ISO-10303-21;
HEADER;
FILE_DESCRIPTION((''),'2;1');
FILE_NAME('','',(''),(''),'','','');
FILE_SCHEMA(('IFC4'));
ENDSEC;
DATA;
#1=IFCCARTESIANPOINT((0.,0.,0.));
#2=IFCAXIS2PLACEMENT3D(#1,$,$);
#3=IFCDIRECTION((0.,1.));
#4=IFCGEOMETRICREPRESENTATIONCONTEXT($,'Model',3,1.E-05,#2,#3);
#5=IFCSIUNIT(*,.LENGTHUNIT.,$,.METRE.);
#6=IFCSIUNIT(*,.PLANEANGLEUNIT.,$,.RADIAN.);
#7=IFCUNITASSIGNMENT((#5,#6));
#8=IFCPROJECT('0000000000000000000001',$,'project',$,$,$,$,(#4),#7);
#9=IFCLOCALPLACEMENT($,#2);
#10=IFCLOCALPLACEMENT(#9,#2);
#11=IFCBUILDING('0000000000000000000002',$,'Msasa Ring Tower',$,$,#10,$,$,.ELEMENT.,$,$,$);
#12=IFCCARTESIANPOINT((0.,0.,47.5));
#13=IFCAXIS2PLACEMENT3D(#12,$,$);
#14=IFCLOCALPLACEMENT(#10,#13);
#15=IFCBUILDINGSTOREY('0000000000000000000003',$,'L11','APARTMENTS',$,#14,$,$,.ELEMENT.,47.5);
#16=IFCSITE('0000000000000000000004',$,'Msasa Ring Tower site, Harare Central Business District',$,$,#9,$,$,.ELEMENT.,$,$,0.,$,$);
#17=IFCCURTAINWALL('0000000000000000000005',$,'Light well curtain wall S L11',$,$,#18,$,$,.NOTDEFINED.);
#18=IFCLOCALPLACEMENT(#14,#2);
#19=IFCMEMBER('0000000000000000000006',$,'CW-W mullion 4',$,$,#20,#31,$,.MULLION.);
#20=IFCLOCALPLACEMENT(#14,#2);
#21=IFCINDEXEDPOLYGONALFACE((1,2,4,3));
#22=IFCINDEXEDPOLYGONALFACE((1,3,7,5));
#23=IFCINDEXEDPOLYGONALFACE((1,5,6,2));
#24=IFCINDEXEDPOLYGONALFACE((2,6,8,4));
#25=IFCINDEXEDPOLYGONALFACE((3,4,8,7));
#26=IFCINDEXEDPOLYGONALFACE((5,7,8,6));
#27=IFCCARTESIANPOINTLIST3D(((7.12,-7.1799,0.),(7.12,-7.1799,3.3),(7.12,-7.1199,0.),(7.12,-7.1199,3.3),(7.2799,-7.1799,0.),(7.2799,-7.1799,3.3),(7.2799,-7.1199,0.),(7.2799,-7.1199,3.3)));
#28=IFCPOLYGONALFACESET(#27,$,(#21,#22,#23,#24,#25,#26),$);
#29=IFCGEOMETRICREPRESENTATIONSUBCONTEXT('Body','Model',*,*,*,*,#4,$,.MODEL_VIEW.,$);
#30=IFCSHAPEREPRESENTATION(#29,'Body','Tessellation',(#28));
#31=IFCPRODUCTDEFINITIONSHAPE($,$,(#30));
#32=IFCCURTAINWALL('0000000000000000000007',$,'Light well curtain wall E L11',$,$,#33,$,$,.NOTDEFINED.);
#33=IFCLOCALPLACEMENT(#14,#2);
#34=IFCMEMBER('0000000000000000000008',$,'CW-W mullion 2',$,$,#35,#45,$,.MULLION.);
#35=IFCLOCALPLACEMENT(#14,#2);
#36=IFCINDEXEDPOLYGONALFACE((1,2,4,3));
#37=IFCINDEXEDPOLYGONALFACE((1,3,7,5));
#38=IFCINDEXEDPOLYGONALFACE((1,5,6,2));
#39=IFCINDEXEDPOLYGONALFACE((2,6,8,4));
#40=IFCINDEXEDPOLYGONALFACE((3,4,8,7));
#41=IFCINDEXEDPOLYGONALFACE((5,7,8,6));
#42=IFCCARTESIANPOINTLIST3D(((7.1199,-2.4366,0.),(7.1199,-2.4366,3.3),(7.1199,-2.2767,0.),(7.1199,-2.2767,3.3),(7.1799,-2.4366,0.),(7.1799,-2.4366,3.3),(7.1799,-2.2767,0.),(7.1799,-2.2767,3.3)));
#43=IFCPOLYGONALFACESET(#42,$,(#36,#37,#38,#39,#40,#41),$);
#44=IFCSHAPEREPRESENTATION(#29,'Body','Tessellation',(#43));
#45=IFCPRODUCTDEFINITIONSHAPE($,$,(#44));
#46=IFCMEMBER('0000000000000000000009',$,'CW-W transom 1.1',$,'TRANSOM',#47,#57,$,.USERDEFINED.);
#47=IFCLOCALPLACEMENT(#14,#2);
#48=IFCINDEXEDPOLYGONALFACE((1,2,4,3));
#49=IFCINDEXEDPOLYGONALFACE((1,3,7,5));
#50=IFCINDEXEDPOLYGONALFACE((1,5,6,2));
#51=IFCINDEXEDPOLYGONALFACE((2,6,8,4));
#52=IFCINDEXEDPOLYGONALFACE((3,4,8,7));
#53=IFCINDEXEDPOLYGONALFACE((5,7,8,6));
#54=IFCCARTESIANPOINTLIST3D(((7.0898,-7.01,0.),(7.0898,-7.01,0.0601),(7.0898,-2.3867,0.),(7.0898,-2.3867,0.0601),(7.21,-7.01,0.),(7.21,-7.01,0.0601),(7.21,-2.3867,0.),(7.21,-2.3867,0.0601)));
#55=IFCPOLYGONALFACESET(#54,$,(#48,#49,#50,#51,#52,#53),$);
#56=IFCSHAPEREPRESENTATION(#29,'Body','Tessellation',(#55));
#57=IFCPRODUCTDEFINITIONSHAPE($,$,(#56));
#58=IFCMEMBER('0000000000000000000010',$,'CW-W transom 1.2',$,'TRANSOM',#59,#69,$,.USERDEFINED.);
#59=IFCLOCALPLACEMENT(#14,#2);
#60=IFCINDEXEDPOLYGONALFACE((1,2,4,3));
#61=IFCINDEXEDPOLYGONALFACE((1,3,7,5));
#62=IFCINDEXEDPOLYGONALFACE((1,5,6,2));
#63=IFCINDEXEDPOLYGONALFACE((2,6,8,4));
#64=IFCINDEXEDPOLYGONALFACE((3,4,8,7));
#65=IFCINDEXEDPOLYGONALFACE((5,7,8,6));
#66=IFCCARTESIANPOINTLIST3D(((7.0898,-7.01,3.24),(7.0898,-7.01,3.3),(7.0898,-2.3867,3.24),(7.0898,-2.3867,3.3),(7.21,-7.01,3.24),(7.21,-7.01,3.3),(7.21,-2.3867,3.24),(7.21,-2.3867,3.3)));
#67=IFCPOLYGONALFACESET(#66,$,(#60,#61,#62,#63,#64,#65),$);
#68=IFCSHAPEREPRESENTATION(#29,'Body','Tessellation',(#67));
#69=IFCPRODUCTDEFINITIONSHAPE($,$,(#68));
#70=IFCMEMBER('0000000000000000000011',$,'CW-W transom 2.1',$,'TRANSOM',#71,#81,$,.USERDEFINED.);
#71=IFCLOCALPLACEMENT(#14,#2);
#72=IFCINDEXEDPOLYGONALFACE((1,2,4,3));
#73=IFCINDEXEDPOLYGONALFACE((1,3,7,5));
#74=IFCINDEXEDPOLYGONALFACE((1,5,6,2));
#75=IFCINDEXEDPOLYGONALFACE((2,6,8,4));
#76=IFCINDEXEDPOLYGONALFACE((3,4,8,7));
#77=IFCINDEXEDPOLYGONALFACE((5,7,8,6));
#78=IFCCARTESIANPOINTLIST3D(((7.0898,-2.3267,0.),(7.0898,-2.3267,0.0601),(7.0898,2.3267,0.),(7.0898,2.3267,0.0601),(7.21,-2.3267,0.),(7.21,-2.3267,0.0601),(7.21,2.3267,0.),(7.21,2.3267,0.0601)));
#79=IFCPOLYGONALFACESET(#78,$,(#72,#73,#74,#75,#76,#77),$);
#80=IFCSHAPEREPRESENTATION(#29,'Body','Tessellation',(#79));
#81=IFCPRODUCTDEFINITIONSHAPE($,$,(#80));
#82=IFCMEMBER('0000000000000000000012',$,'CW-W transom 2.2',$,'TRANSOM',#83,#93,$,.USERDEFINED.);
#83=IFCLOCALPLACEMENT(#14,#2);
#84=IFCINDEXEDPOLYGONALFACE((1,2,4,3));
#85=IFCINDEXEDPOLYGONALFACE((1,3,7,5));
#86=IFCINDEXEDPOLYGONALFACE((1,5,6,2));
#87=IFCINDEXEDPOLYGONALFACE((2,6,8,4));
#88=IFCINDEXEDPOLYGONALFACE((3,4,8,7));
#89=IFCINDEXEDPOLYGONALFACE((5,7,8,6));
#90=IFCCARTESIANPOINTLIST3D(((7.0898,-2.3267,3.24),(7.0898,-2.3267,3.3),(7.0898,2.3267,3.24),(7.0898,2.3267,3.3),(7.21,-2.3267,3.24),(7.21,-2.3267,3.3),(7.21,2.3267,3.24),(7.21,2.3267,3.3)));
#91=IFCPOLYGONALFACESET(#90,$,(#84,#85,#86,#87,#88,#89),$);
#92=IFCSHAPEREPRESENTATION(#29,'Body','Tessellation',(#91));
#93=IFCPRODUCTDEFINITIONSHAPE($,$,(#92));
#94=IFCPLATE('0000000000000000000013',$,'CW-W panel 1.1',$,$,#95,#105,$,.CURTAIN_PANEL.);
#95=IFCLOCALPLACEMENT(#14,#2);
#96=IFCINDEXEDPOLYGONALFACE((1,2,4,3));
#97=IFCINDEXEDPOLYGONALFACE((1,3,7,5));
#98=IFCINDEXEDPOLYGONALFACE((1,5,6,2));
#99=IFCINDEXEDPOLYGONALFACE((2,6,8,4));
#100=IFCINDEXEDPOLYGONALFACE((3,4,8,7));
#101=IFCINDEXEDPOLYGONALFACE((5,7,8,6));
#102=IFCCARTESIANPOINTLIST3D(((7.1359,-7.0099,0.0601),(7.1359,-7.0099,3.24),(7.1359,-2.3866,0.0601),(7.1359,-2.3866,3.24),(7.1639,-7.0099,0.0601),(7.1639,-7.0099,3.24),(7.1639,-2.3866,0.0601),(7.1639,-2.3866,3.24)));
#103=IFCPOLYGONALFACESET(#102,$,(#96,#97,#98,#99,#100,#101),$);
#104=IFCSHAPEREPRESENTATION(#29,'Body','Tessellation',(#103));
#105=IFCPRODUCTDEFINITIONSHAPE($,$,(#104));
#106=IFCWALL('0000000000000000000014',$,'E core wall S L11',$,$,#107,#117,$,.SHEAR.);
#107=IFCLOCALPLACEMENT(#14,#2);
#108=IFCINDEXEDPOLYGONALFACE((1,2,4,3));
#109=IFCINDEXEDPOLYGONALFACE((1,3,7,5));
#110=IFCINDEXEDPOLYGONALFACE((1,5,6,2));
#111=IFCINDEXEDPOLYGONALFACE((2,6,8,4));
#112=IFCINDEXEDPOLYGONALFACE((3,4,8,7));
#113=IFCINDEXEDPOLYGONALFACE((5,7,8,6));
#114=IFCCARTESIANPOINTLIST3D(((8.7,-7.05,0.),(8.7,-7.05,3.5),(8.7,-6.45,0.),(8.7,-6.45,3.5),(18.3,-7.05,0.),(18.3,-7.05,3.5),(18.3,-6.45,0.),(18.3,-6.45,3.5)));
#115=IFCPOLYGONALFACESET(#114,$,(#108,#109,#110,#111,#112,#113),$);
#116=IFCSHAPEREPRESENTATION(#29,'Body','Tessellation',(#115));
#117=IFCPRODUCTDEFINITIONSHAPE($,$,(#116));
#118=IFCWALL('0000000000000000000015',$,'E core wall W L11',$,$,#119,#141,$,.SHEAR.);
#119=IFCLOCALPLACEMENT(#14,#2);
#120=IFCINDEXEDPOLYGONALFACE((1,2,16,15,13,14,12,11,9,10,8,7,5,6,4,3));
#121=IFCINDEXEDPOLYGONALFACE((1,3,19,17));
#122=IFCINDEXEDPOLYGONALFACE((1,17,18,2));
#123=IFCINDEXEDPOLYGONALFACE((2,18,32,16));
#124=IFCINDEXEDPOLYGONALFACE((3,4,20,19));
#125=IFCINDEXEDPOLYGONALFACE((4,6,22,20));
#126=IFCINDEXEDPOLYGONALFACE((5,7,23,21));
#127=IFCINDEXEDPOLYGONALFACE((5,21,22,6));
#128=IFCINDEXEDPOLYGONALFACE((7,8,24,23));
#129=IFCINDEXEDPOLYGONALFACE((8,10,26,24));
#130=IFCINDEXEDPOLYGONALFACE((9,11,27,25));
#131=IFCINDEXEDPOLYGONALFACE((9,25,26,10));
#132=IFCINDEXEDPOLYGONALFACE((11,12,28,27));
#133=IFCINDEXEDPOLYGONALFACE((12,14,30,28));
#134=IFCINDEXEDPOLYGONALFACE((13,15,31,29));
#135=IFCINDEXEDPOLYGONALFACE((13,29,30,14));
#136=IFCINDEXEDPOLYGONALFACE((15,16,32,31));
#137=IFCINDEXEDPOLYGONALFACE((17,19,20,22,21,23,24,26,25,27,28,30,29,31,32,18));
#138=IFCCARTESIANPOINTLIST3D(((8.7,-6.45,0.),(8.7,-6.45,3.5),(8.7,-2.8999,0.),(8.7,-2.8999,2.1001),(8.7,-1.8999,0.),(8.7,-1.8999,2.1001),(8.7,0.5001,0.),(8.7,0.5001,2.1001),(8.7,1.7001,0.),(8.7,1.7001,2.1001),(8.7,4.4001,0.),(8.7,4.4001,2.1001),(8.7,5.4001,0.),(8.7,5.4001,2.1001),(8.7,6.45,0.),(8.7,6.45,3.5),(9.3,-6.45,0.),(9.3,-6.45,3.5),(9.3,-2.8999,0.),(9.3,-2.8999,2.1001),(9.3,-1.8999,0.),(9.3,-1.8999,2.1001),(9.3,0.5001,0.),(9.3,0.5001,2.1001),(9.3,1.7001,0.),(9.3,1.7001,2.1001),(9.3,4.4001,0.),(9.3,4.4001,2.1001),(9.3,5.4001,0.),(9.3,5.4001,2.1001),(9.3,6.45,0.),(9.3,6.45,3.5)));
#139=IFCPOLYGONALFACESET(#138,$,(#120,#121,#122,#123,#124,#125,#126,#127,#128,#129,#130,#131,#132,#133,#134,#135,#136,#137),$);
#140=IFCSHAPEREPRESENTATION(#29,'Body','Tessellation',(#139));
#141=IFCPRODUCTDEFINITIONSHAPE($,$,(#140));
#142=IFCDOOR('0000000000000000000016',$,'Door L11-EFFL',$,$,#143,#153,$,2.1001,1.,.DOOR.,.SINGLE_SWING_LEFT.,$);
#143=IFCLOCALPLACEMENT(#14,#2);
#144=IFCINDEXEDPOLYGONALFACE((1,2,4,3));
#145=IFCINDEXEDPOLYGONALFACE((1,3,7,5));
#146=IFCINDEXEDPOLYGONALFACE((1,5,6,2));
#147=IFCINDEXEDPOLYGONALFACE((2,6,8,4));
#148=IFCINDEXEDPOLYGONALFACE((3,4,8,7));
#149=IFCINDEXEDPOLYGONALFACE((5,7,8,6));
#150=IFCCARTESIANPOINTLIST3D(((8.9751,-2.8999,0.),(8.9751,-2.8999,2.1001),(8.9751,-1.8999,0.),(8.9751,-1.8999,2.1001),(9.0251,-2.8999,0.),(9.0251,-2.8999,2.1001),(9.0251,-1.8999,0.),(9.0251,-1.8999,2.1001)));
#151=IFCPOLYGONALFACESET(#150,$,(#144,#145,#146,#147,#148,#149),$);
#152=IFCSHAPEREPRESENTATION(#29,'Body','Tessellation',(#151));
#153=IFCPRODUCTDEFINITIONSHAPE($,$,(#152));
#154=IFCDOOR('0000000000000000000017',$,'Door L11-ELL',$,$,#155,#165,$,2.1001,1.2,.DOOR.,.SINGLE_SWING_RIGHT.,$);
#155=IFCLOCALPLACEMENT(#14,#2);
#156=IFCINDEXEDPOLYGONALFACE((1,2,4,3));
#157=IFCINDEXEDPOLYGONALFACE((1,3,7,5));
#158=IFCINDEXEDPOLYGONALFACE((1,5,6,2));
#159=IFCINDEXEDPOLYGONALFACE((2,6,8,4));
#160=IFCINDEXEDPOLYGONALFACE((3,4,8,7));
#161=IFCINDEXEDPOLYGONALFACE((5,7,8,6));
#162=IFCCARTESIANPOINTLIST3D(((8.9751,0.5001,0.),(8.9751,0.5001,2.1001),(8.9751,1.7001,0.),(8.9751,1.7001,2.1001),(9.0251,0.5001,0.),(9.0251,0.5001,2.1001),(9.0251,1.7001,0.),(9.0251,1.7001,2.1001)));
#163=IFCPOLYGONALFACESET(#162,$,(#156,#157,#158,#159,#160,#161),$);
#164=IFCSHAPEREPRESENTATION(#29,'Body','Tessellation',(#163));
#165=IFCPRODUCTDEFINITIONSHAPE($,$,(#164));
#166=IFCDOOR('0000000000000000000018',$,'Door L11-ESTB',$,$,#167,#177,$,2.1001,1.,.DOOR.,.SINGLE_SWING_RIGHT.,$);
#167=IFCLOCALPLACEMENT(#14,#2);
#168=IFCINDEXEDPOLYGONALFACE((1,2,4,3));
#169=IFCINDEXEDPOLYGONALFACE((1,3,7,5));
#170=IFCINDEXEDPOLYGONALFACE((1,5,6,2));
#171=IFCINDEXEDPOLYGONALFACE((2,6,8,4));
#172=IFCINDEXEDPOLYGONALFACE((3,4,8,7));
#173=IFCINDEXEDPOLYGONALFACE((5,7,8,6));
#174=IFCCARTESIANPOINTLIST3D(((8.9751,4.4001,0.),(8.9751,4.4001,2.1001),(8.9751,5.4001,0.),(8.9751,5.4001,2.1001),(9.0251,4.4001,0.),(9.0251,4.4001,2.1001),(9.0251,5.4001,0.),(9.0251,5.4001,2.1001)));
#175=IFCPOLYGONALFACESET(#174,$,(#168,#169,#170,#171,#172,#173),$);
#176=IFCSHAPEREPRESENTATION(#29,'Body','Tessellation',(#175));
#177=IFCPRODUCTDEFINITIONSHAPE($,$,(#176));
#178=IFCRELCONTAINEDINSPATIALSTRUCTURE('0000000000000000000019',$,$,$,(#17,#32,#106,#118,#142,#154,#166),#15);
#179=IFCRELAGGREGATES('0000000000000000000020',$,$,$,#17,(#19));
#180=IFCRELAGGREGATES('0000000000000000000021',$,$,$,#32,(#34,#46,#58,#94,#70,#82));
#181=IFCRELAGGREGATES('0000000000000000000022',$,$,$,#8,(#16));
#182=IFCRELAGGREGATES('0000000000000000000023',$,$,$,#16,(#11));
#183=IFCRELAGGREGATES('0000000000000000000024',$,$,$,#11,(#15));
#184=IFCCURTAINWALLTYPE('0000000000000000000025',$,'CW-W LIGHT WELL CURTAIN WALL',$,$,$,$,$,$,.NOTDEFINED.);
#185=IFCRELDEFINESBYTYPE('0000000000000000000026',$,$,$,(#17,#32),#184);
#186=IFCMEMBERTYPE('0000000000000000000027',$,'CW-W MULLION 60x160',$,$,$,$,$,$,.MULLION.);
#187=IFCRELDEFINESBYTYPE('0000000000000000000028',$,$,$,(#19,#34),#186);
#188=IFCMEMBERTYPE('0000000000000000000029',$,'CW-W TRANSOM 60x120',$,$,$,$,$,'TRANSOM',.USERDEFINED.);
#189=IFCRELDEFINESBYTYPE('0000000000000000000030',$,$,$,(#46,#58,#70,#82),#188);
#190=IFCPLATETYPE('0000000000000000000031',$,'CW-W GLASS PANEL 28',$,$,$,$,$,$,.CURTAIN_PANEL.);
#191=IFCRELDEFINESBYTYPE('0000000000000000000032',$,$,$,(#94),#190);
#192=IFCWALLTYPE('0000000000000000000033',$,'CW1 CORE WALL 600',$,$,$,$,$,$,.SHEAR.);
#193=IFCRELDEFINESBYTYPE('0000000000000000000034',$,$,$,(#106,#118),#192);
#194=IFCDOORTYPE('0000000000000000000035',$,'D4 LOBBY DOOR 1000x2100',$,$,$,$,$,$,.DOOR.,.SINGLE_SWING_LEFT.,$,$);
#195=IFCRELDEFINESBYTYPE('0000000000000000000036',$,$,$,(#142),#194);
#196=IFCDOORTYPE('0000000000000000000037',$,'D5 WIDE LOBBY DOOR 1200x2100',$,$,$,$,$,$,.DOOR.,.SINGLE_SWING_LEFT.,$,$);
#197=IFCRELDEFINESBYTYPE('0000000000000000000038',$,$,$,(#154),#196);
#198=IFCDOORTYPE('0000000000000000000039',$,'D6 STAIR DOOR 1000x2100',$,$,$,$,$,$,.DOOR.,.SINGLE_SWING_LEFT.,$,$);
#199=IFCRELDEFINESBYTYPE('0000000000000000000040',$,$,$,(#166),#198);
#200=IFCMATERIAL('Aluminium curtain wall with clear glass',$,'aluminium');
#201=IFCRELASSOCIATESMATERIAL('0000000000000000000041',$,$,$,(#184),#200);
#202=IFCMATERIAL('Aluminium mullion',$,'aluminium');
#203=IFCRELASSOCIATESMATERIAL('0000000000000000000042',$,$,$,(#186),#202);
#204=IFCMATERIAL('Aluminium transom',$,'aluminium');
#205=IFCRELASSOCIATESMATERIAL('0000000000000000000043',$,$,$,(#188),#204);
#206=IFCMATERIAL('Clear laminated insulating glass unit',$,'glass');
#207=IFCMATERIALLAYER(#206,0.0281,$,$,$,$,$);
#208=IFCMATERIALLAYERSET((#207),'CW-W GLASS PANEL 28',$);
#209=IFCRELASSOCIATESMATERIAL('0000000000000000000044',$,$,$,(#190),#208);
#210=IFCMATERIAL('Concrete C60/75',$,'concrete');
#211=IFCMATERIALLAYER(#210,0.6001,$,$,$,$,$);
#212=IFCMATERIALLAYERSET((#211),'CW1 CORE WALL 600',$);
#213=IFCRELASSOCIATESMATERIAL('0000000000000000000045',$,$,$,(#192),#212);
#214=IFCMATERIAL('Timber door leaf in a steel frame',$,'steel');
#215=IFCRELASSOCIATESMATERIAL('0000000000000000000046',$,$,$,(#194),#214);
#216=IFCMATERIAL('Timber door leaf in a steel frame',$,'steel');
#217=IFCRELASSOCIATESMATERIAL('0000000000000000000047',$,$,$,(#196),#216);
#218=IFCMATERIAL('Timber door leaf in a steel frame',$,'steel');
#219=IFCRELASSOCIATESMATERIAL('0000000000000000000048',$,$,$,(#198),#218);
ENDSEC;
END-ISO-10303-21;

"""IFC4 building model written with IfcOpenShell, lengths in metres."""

from ifc_helpers import new_model, si_unit, direction, frame, frame_2d, origin, origin_2d, place, context, subcontext, project, spatial, rectangle, extrude, material, layer, layer_set, material_profile, profile_set, type_object, element, fill, aggregate, save


model = new_model("IFC4")

# Units and contexts
model_context = context("Model", 3, precision=1e-05, world=origin(), true_north=direction((0.0, 1.0)))
body_context = subcontext(model_context, "Body", "Model", "MODEL_VIEW")
ifc_project = project(units=[si_unit("LENGTHUNIT", "METRE"), si_unit("PLANEANGLEUNIT", "RADIAN")], contexts=[model_context])

# Site, building, storey
site_placement = place(None, origin())
site = spatial("IfcSite", under=ifc_project, at=site_placement, Name="Msasa Ring Tower site, Harare Central Business District", CompositionType="ELEMENT", RefElevation=0.0)
building_placement = place(site_placement, origin())
building = spatial("IfcBuilding", under=site, at=building_placement, Name="Msasa Ring Tower", CompositionType="ELEMENT")
storey_placement = place(building_placement, frame((0.0, 0.0, 47.5)))
storey = spatial("IfcBuildingStorey", under=building, at=storey_placement, Name="L11", Description="APARTMENTS", CompositionType="ELEMENT", Elevation=47.5)

# Curtain wall, member
ifc_material_1 = material(Name="Aluminium curtain wall with clear glass", Category="aluminium")
curtain_wall_type = type_object("IfcCurtainWallType", Name="CW-W LIGHT WELL CURTAIN WALL", PredefinedType="NOTDEFINED", material=ifc_material_1)
curtain_wall_1_placement = place(storey_placement, origin())
curtain_wall_1 = element("IfcCurtainWall", 1, at=curtain_wall_1_placement, inside=storey, type_object=curtain_wall_type, Name="Light well curtain wall S L11", PredefinedType="NOTDEFINED")
ifc_material_2 = material(Name="Aluminium mullion", Category="aluminium")
ifc_material_profile_1 = material_profile(ifc_material_2, rectangle(XDim=0.0601, YDim=0.1599, at=origin_2d()), Name="AL 60x160")
ifc_profile_set_1 = profile_set([ifc_material_profile_1], Name="Aluminium mullion")
member_type_1 = type_object("IfcMemberType", Name="CW-W MULLION 60x160", PredefinedType="MULLION", material=ifc_profile_set_1)
member_1_placement = place(storey_placement, frame((7.2, -7.1499, 0.0), z_axis=(0.0, 0.0, 1.0), x_axis=(0.0, 1.0, 0.0)))
member_1 = element("IfcMember", 2, at=member_1_placement, type_object=member_type_1, Name="CW-W mullion 4", PredefinedType="MULLION", context=body_context, shape_type="SweptSolid", body=[
    extrude(rectangle(XDim=0.0601, YDim=0.1599, at=origin_2d()), origin(), (0.0, 0.0, 1.0), 3.3),
])
aggregate(curtain_wall_1, [member_1])

# Curtain wall, members, plate
curtain_wall_2_placement = place(storey_placement, origin())
curtain_wall_2 = element("IfcCurtainWall", 3, at=curtain_wall_2_placement, inside=storey, type_object=curtain_wall_type, Name="Light well curtain wall E L11", PredefinedType="NOTDEFINED")
member_2_placement = place(storey_placement, frame((7.1499, -2.3567, 0.0), z_axis=(0.0, 0.0, 1.0), x_axis=(-1.0, 0.0, 0.0)))
member_2 = element("IfcMember", 4, at=member_2_placement, type_object=member_type_1, Name="CW-W mullion 2", PredefinedType="MULLION", context=body_context, shape_type="SweptSolid", body=[
    extrude(rectangle(XDim=0.0601, YDim=0.1599, at=origin_2d()), origin(), (0.0, 0.0, 1.0), 3.3),
])
ifc_material_3 = material(Name="Aluminium transom", Category="aluminium")
ifc_material_profile_2 = material_profile(ifc_material_3, rectangle(XDim=0.1201, YDim=0.0601, at=origin_2d()), Name="AL 60x120")
ifc_profile_set_2 = profile_set([ifc_material_profile_2], Name="Aluminium transom")
member_type_2 = type_object("IfcMemberType", Name="CW-W TRANSOM 60x120", ElementType="TRANSOM", PredefinedType="USERDEFINED", material=ifc_profile_set_2)
member_3_placement = place(storey_placement, frame((7.1499, -7.01, 0.03), z_axis=(0.0, 1.0, 0.0), x_axis=(-1.0, 0.0, 0.0)))
member_3 = element("IfcMember", 5, at=member_3_placement, type_object=member_type_2, Name="CW-W transom 1.1", ObjectType="TRANSOM", PredefinedType="USERDEFINED", context=body_context, shape_type="SweptSolid", body=[
    extrude(rectangle(XDim=0.1201, YDim=0.0601, at=origin_2d()), origin(), (0.0, 0.0, 1.0), 4.6233),
])
member_4_placement = place(storey_placement, frame((7.1499, -7.01, 3.27), z_axis=(0.0, 1.0, 0.0), x_axis=(-1.0, 0.0, 0.0)))
member_4 = element("IfcMember", 6, at=member_4_placement, type_object=member_type_2, Name="CW-W transom 1.2", ObjectType="TRANSOM", PredefinedType="USERDEFINED", context=body_context, shape_type="SweptSolid", body=[
    extrude(rectangle(XDim=0.1201, YDim=0.0601, at=origin_2d()), origin(), (0.0, 0.0, 1.0), 4.6233),
])
member_5_placement = place(storey_placement, frame((7.1499, -2.3267, 0.03), z_axis=(0.0, 1.0, 0.0), x_axis=(-1.0, 0.0, 0.0)))
member_5 = element("IfcMember", 7, at=member_5_placement, type_object=member_type_2, Name="CW-W transom 2.1", ObjectType="TRANSOM", PredefinedType="USERDEFINED", context=body_context, shape_type="SweptSolid", body=[
    extrude(rectangle(XDim=0.1201, YDim=0.0601, at=origin_2d()), origin(), (0.0, 0.0, 1.0), 4.6533),
])
member_6_placement = place(storey_placement, frame((7.1499, -2.3267, 3.27), z_axis=(0.0, 1.0, 0.0), x_axis=(-1.0, 0.0, 0.0)))
member_6 = element("IfcMember", 8, at=member_6_placement, type_object=member_type_2, Name="CW-W transom 2.2", ObjectType="TRANSOM", PredefinedType="USERDEFINED", context=body_context, shape_type="SweptSolid", body=[
    extrude(rectangle(XDim=0.1201, YDim=0.0601, at=origin_2d()), origin(), (0.0, 0.0, 1.0), 4.6533),
])
ifc_material_4 = material(Name="Clear laminated insulating glass unit", Category="glass")
ifc_layer_1 = layer(ifc_material_4, 0.0281)
ifc_layer_set_1 = layer_set([ifc_layer_1], Name="CW-W GLASS PANEL 28")
plate_type = type_object("IfcPlateType", Name="CW-W GLASS PANEL 28", PredefinedType="CURTAIN_PANEL", material=ifc_layer_set_1)
plate_placement = place(storey_placement, frame((7.1499, -4.6982, 0.0601), z_axis=(0.0, 0.0, 1.0), x_axis=(0.0, 1.0, 0.0)))
plate = element("IfcPlate", 9, at=plate_placement, type_object=plate_type, Name="CW-W panel 1.1", PredefinedType="CURTAIN_PANEL", context=body_context, shape_type="SweptSolid", body=[
    extrude(rectangle(XDim=4.6233, YDim=0.0281, at=origin_2d()), origin(), (0.0, 0.0, 1.0), 3.1799),
])
aggregate(curtain_wall_2, [member_2, member_3, member_4, plate, member_5, member_6])

# Wall
ifc_material_5 = material(Name="Concrete C60/75", Category="concrete")
ifc_layer_2 = layer(ifc_material_5, 0.6001)
ifc_layer_set_2 = layer_set([ifc_layer_2], Name="CW1 CORE WALL 600")
wall_type_1 = type_object("IfcWallType", Name="CW1 CORE WALL 600", PredefinedType="SHEAR", material=ifc_layer_set_2)
wall_1_placement = place(storey_placement, frame((8.7, -6.75, 0.0), z_axis=(0.0, 0.0, 1.0), x_axis=(1.0, 0.0, 0.0)))
element("IfcWall", 10, at=wall_1_placement, inside=storey, type_object=wall_type_1, Name="E core wall S L11", PredefinedType="SHEAR", context=body_context, shape_type="SweptSolid", body=[
    extrude(rectangle(XDim=9.6001, YDim=0.6001, at=frame_2d((4.8, 0.0))), origin(), (0.0, 0.0, 1.0), 3.5),
])

# Wall, openings, doors
wall_2_placement = place(storey_placement, frame((9.0, -6.45, 0.0), z_axis=(0.0, 0.0, 1.0), x_axis=(0.0, 1.0, 0.0)))
wall_2 = element("IfcWall", 11, at=wall_2_placement, inside=storey, type_object=wall_type_1, Name="E core wall W L11", PredefinedType="SHEAR", context=body_context, shape_type="SweptSolid", body=[
    extrude(rectangle(XDim=12.8999, YDim=0.6001, at=frame_2d((6.45, 0.0))), origin(), (0.0, 0.0, 1.0), 3.5),
])
opening_1_placement = place(wall_2_placement, frame((3.55, 0.0, 0.0)))
opening_1 = element("IfcOpeningElement", 12, at=opening_1_placement, cuts=wall_2, PredefinedType="OPENING", context=body_context, shape_type="SweptSolid", body=[
    extrude(rectangle(XDim=1.0, YDim=2.1001, at=frame_2d((0.5, 1.05))), frame((0.0, 0.3101, 0.0), z_axis=(0.0, -1.0, 0.0), x_axis=(1.0, 0.0, 0.0)), (0.0, 0.0, 1.0), 0.6201),
])
opening_2_placement = place(wall_2_placement, frame((6.95, 0.0, 0.0)))
opening_2 = element("IfcOpeningElement", 13, at=opening_2_placement, cuts=wall_2, PredefinedType="OPENING", context=body_context, shape_type="SweptSolid", body=[
    extrude(rectangle(XDim=1.2, YDim=2.1001, at=frame_2d((0.6001, 1.05))), frame((0.0, 0.3101, 0.0), z_axis=(0.0, -1.0, 0.0), x_axis=(1.0, 0.0, 0.0)), (0.0, 0.0, 1.0), 0.6201),
])
opening_3_placement = place(wall_2_placement, frame((10.8501, 0.0, 0.0)))
opening_3 = element("IfcOpeningElement", 14, at=opening_3_placement, cuts=wall_2, PredefinedType="OPENING", context=body_context, shape_type="SweptSolid", body=[
    extrude(rectangle(XDim=1.0, YDim=2.1001, at=frame_2d((0.5, 1.05))), frame((0.0, 0.3101, 0.0), z_axis=(0.0, -1.0, 0.0), x_axis=(1.0, 0.0, 0.0)), (0.0, 0.0, 1.0), 0.6201),
])
ifc_material_6 = material(Name="Timber door leaf in a steel frame", Category="steel")
door_type_1 = type_object("IfcDoorType", Name="D4 LOBBY DOOR 1000x2100", OperationType="SINGLE_SWING_LEFT", PredefinedType="DOOR", material=ifc_material_6)
door_1_placement = place(opening_1_placement, origin())
door_1 = element("IfcDoor", 15, at=door_1_placement, inside=storey, type_object=door_type_1, Name="Door L11-EFFL", OperationType="SINGLE_SWING_LEFT", OverallHeight=2.1001, OverallWidth=1.0, PredefinedType="DOOR", context=body_context, shape_type="SweptSolid", body=[
    extrude(rectangle(XDim=1.0, YDim=2.1001, at=frame_2d((0.5, 1.05))), frame((0.0, 0.0249, 0.0), z_axis=(0.0, -1.0, 0.0), x_axis=(1.0, 0.0, 0.0)), (0.0, 0.0, 1.0), 0.05),
])
fill(opening_1, door_1)
ifc_material_7 = material(Name="Timber door leaf in a steel frame", Category="steel")
door_type_2 = type_object("IfcDoorType", Name="D5 WIDE LOBBY DOOR 1200x2100", OperationType="SINGLE_SWING_LEFT", PredefinedType="DOOR", material=ifc_material_7)
door_2_placement = place(opening_2_placement, origin())
door_2 = element("IfcDoor", 16, at=door_2_placement, inside=storey, type_object=door_type_2, Name="Door L11-ELL", OperationType="SINGLE_SWING_RIGHT", OverallHeight=2.1001, OverallWidth=1.2, PredefinedType="DOOR", context=body_context, shape_type="SweptSolid", body=[
    extrude(rectangle(XDim=1.2, YDim=2.1001, at=frame_2d((0.6001, 1.05))), frame((0.0, 0.0249, 0.0), z_axis=(0.0, -1.0, 0.0), x_axis=(1.0, 0.0, 0.0)), (0.0, 0.0, 1.0), 0.05),
])
fill(opening_2, door_2)
ifc_material_8 = material(Name="Timber door leaf in a steel frame", Category="steel")
door_type_3 = type_object("IfcDoorType", Name="D6 STAIR DOOR 1000x2100", OperationType="SINGLE_SWING_LEFT", PredefinedType="DOOR", material=ifc_material_8)
door_3_placement = place(opening_3_placement, origin())
door_3 = element("IfcDoor", 17, at=door_3_placement, inside=storey, type_object=door_type_3, Name="Door L11-ESTB", OperationType="SINGLE_SWING_RIGHT", OverallHeight=2.1001, OverallWidth=1.0, PredefinedType="DOOR", context=body_context, shape_type="SweptSolid", body=[
    extrude(rectangle(XDim=1.0, YDim=2.1001, at=frame_2d((0.5, 1.05))), frame((0.0, 0.0249, 0.0), z_axis=(0.0, -1.0, 0.0), x_axis=(1.0, 0.0, 0.0)), (0.0, 0.0, 1.0), 0.05),
])
fill(opening_3, door_3)

save(model, "model.ifc")
